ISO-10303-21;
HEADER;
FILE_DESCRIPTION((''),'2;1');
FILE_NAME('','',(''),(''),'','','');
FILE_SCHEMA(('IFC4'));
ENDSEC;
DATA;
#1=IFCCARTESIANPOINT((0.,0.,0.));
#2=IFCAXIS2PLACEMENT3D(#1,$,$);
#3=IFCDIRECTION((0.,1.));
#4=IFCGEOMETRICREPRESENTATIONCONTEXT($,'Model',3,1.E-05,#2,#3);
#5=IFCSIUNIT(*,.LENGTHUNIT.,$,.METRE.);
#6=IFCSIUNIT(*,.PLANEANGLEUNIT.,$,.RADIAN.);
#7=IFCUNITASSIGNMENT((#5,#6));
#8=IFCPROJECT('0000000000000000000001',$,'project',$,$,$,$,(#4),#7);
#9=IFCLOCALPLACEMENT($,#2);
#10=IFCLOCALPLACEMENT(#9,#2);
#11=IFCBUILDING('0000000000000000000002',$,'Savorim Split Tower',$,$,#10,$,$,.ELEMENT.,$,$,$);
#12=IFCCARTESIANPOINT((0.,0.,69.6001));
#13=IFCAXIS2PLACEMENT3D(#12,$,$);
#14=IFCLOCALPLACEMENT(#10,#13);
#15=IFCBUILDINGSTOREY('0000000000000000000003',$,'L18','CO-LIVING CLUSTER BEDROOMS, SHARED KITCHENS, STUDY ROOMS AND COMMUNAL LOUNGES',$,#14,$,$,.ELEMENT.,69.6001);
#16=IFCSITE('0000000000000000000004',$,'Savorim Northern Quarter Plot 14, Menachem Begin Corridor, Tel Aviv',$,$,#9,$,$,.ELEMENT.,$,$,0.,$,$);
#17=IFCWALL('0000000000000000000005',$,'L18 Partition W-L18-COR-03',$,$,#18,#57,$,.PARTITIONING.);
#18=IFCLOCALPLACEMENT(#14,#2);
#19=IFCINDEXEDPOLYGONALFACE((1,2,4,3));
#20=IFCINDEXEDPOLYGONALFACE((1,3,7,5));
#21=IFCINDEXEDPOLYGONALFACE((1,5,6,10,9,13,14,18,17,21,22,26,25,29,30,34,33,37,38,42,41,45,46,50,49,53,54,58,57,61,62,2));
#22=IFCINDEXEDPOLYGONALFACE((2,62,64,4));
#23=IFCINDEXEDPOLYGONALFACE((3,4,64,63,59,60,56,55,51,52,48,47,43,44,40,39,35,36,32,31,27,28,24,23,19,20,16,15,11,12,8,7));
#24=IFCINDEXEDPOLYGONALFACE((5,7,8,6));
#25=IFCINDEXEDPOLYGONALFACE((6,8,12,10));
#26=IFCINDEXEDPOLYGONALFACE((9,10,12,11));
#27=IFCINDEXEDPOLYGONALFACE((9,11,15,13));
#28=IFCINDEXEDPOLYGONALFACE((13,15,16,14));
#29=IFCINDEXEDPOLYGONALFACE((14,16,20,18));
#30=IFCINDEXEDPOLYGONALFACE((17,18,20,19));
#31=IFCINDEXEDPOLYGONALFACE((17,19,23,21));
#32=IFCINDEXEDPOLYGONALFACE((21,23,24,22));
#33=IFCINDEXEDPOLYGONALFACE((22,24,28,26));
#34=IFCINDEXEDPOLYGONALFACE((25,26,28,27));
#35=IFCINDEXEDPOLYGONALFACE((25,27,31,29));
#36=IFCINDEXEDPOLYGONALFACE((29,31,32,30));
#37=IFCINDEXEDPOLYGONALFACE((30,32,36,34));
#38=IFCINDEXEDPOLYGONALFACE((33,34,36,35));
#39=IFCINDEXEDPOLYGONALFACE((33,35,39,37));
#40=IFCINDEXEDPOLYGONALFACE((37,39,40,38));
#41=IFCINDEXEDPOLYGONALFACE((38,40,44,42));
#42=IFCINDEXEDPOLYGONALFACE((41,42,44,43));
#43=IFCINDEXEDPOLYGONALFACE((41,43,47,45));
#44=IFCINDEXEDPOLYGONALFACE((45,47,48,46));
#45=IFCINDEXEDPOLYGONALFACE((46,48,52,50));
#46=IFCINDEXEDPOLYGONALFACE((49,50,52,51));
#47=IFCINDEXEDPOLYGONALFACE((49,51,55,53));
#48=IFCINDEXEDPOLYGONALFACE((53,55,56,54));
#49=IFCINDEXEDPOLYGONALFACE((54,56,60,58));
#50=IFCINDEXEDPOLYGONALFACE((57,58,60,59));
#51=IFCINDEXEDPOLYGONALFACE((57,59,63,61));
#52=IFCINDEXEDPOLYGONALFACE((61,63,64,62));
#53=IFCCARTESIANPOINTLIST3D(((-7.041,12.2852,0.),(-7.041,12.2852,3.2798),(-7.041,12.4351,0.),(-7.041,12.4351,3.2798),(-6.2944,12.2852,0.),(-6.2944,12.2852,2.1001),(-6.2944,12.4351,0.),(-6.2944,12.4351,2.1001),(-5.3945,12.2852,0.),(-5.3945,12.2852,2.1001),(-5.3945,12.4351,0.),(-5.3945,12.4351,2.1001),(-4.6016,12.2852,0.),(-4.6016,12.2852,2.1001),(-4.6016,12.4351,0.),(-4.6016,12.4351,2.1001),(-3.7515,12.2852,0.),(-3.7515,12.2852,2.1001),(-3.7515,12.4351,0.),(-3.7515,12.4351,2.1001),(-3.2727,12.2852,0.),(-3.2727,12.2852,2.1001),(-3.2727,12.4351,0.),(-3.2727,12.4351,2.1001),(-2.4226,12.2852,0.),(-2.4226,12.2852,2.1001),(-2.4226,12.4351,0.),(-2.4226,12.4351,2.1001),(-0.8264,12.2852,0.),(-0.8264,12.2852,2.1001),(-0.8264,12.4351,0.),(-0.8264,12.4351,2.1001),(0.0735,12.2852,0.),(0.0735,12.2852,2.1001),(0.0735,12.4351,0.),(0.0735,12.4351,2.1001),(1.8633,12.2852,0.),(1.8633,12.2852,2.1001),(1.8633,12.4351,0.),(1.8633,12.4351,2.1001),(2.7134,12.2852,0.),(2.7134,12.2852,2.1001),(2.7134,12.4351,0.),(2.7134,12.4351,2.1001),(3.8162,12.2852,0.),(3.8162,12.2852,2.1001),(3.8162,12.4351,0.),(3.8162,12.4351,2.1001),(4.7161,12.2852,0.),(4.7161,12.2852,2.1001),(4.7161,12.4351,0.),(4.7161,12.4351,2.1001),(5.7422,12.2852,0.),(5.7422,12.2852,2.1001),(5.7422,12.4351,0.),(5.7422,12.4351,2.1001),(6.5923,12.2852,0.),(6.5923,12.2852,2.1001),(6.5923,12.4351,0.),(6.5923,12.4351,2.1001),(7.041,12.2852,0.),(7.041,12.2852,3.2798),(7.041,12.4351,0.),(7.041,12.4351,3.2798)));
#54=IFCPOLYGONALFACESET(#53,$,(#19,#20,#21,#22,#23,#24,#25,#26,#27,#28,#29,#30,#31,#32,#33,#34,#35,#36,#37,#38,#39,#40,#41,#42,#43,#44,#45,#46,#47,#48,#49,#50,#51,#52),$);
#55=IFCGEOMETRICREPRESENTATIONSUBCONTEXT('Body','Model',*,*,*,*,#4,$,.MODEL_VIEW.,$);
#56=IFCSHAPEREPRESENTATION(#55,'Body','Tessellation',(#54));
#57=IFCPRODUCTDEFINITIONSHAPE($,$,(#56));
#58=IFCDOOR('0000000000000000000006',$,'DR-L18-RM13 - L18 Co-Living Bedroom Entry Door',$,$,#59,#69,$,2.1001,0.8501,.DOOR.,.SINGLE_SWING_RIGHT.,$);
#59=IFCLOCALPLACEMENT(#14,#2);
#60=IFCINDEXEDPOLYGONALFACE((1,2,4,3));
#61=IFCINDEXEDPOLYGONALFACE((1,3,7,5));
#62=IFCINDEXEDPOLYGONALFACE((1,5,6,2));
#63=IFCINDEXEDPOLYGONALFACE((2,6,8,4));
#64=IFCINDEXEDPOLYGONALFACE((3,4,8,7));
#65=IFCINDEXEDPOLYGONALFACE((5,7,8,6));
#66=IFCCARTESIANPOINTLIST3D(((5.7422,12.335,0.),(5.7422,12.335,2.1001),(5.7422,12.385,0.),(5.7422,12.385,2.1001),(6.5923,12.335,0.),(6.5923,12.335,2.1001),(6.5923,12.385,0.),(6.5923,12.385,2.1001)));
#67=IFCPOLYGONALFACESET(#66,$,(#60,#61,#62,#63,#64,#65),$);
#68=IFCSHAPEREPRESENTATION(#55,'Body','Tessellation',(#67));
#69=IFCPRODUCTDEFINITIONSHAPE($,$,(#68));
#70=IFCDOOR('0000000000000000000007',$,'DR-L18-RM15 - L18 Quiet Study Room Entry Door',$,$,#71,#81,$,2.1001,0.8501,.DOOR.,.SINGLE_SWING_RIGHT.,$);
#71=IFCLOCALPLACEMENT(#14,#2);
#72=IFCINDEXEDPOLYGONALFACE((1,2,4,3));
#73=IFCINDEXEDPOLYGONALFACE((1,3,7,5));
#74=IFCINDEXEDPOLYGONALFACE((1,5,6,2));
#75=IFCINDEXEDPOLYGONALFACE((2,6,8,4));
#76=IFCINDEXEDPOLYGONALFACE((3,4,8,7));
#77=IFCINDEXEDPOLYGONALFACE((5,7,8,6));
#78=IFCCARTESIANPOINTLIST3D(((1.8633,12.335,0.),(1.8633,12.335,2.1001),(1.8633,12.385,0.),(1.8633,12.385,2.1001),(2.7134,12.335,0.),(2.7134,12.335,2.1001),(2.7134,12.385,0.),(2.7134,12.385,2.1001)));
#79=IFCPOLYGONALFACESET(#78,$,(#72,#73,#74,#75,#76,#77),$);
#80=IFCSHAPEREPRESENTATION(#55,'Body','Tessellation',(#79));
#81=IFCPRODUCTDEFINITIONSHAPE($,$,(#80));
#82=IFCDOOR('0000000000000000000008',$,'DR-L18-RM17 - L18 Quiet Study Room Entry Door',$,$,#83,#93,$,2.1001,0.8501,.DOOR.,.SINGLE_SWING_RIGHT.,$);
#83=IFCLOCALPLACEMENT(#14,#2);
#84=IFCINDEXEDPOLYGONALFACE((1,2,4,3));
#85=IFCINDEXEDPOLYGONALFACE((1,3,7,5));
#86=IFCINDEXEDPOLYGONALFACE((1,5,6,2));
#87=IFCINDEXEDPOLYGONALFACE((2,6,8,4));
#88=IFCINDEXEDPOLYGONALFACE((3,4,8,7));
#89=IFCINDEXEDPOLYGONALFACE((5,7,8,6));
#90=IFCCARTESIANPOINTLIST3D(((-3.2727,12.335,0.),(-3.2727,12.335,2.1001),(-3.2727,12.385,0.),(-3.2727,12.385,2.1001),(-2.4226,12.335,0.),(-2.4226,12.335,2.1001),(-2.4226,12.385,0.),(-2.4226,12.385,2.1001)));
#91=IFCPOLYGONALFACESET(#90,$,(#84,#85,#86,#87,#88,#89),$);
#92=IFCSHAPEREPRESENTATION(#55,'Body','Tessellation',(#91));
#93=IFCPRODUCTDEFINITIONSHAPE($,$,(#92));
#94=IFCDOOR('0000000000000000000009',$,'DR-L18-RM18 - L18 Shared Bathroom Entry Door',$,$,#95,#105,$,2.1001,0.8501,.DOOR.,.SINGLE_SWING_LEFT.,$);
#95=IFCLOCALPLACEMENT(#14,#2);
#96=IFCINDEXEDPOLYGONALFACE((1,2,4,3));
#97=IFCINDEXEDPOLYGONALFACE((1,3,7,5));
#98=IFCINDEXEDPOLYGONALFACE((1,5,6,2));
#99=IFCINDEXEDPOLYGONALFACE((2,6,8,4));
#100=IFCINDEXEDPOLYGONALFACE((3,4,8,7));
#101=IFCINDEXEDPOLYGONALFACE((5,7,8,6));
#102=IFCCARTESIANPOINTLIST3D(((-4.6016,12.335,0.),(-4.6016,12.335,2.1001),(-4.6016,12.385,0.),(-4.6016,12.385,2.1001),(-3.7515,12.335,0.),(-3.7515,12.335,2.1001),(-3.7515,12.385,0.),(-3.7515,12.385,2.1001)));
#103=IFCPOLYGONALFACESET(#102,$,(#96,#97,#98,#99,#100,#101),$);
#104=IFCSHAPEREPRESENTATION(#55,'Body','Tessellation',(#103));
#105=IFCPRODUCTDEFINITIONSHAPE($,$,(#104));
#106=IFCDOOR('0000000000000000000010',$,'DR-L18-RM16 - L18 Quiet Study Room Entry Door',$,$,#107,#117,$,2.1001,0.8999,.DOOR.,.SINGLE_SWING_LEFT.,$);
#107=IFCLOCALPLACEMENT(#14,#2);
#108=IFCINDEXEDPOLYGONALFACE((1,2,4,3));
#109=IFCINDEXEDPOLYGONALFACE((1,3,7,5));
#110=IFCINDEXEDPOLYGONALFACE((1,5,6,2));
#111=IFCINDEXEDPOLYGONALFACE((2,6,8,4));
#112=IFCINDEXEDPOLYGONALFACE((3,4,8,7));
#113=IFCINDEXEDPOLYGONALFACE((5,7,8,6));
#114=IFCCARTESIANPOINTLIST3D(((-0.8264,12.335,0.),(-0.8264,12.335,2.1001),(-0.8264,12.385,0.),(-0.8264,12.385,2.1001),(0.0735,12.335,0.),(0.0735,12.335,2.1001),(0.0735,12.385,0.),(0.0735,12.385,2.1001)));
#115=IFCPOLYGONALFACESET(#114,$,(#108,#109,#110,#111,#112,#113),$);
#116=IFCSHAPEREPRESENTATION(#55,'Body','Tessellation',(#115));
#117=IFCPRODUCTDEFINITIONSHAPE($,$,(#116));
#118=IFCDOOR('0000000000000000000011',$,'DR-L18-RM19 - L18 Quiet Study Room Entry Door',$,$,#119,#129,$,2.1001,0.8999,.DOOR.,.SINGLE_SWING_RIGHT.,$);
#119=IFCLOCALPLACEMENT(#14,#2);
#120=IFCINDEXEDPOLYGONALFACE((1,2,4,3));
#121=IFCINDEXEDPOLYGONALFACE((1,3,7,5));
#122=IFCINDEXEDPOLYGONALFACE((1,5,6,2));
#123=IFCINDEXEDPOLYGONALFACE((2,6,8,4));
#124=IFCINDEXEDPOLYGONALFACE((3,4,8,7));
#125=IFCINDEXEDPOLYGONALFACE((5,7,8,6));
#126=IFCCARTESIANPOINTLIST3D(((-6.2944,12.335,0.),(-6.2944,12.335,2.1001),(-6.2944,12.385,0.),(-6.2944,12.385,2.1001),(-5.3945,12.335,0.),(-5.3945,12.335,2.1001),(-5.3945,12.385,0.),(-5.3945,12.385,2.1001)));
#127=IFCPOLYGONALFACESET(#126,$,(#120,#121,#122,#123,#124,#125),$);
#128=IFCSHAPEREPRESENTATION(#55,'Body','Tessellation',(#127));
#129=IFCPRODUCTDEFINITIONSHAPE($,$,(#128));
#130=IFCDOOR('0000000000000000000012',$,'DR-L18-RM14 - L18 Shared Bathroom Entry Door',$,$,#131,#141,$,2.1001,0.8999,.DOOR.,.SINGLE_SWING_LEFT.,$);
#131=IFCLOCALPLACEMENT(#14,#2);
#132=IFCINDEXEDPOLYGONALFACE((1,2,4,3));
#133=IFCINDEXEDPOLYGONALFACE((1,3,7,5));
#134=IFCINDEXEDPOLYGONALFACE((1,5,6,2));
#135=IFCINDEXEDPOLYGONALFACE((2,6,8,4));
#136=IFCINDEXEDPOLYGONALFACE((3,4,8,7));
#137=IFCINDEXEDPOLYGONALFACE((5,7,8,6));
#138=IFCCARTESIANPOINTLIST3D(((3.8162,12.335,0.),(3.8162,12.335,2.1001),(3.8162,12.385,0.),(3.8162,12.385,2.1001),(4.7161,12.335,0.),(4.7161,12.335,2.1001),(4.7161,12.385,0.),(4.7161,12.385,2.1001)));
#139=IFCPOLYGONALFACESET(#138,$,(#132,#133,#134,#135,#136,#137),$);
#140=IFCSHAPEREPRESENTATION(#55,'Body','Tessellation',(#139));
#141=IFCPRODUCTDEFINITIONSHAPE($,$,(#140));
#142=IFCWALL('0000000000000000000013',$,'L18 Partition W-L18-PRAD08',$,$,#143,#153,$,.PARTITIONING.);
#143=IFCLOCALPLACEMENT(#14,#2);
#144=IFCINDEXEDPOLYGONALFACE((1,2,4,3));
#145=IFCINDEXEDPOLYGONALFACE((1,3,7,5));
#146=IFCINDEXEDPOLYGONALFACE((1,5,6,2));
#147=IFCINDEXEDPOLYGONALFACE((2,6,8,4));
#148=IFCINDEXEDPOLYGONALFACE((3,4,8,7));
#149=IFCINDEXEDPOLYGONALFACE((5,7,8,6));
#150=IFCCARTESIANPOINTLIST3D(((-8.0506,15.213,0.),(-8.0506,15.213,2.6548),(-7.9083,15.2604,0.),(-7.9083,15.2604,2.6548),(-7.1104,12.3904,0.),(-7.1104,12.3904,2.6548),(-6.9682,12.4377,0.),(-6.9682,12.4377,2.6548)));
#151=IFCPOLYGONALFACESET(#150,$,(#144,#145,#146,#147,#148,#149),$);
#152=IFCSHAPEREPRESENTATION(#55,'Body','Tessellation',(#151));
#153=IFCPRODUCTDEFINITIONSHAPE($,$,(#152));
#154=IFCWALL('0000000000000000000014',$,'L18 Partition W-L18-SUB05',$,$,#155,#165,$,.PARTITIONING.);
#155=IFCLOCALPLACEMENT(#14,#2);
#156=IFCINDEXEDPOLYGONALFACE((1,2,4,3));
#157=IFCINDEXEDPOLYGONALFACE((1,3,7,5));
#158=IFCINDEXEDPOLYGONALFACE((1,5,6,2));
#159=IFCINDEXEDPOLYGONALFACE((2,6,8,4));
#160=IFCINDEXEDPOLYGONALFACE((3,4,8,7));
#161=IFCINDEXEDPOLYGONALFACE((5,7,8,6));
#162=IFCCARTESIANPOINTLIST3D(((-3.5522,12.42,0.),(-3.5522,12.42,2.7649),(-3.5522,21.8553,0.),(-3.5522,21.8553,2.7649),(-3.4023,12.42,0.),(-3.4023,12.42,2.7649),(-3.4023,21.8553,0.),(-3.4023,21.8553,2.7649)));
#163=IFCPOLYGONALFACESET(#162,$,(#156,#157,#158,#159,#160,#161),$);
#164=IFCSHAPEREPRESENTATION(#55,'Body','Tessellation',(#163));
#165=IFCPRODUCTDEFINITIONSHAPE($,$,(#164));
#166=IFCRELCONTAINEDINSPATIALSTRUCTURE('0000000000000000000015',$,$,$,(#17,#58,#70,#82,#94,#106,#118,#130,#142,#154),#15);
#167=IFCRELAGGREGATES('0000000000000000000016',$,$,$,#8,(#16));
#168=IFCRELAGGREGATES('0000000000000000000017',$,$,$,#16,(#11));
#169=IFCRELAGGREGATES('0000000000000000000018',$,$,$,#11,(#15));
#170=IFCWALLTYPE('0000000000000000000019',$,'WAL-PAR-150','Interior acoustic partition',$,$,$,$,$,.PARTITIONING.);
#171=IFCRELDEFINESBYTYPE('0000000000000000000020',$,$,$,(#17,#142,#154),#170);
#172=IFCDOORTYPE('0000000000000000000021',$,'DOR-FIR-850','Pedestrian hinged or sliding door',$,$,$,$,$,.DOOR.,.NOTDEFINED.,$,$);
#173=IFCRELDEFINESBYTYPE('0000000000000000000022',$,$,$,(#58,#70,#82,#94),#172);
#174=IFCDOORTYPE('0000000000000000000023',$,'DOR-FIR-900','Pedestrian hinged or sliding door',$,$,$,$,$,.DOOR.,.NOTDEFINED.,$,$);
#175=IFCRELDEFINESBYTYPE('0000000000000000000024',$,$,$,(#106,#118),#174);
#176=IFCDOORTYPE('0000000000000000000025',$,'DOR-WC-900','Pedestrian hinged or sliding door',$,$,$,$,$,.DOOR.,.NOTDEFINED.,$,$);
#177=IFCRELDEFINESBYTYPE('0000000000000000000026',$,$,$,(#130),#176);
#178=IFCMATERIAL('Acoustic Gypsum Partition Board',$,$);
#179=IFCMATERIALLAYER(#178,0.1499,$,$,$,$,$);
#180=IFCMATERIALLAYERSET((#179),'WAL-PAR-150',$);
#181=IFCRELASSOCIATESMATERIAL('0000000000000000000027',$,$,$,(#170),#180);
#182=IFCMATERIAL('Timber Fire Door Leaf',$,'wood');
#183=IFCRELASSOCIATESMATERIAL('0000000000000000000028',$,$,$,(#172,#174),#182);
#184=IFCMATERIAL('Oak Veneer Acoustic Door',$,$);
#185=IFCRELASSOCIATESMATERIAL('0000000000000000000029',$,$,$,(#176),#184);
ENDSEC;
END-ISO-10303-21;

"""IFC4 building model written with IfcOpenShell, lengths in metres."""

from ifc_helpers import new_model, si_unit, direction, frame, frame_2d, origin, place, context, subcontext, project, spatial, rectangle, extrude, material, layer, layer_set, type_object, element, fill, save


model = new_model("IFC4")

# Units and contexts
model_context = context("Model", 3, precision=1e-05, world=origin(), true_north=direction((0.0, 1.0)))
body_context = subcontext(model_context, "Body", "Model", "MODEL_VIEW")
ifc_project = project(units=[si_unit("LENGTHUNIT", "METRE"), si_unit("PLANEANGLEUNIT", "RADIAN")], contexts=[model_context])

# Site, building, storey
site_placement = place(None, origin())
site = spatial("IfcSite", under=ifc_project, at=site_placement, Name="Savorim Northern Quarter Plot 14, Menachem Begin Corridor, Tel Aviv", CompositionType="ELEMENT", RefElevation=0.0)
building_placement = place(site_placement, origin())
building = spatial("IfcBuilding", under=site, at=building_placement, Name="Savorim Split Tower", CompositionType="ELEMENT")
storey_placement = place(building_placement, frame((0.0, 0.0, 69.6001)))
storey = spatial("IfcBuildingStorey", under=building, at=storey_placement, Name="L18", Description="CO-LIVING CLUSTER BEDROOMS, SHARED KITCHENS, STUDY ROOMS AND COMMUNAL LOUNGES", CompositionType="ELEMENT", Elevation=69.6001)

# Wall, openings, doors
ifc_material_1 = material(Name="Acoustic Gypsum Partition Board")
ifc_layer_1 = layer(ifc_material_1, 0.1499)
ifc_layer_set_1 = layer_set([ifc_layer_1], Name="WAL-PAR-150")
wall_type_1 = type_object("IfcWallType", Name="WAL-PAR-150", Description="Interior acoustic partition", PredefinedType="PARTITIONING", material=ifc_layer_set_1)
wall_1_placement = place(storey_placement, frame((-7.041, 12.3601, 0.0), z_axis=(0.0, 0.0, 1.0), x_axis=(1.0, 0.0, 0.0)))
wall_1 = element("IfcWall", 1, at=wall_1_placement, inside=storey, type_object=wall_type_1, Name="L18 Partition W-L18-COR-03", PredefinedType="PARTITIONING", context=body_context, shape_type="SweptSolid", body=[
    extrude(rectangle(XDim=14.082, YDim=0.1499, at=frame_2d((7.041, 0.0))), origin(), (0.0, 0.0, 1.0), 3.2798),
])
opening_1_placement = place(wall_1_placement, frame((12.7832, 0.0, 0.0)))
opening_1 = element("IfcOpeningElement", 2, at=opening_1_placement, cuts=wall_1, PredefinedType="OPENING", context=body_context, shape_type="SweptSolid", body=[
    extrude(rectangle(XDim=0.8501, YDim=2.1001, at=frame_2d((0.425, 1.05))), frame((0.0, 0.085, 0.0), z_axis=(0.0, -1.0, 0.0), x_axis=(1.0, 0.0, 0.0)), (0.0, 0.0, 1.0), 0.1699),
])
opening_2_placement = place(wall_1_placement, frame((10.8572, 0.0, 0.0)))
opening_2 = element("IfcOpeningElement", 3, at=opening_2_placement, cuts=wall_1, PredefinedType="OPENING", context=body_context, shape_type="SweptSolid", body=[
    extrude(rectangle(XDim=0.8999, YDim=2.1001, at=frame_2d((0.45, 1.05))), frame((0.0, 0.085, 0.0), z_axis=(0.0, -1.0, 0.0), x_axis=(1.0, 0.0, 0.0)), (0.0, 0.0, 1.0), 0.1699),
])
opening_3_placement = place(wall_1_placement, frame((8.9043, 0.0, 0.0)))
opening_3 = element("IfcOpeningElement", 4, at=opening_3_placement, cuts=wall_1, PredefinedType="OPENING", context=body_context, shape_type="SweptSolid", body=[
    extrude(rectangle(XDim=0.8501, YDim=2.1001, at=frame_2d((0.425, 1.05))), frame((0.0, 0.085, 0.0), z_axis=(0.0, -1.0, 0.0), x_axis=(1.0, 0.0, 0.0)), (0.0, 0.0, 1.0), 0.1699),
])
opening_4_placement = place(wall_1_placement, frame((6.2146, 0.0, 0.0)))
opening_4 = element("IfcOpeningElement", 5, at=opening_4_placement, cuts=wall_1, PredefinedType="OPENING", context=body_context, shape_type="SweptSolid", body=[
    extrude(rectangle(XDim=0.8999, YDim=2.1001, at=frame_2d((0.45, 1.05))), frame((0.0, 0.085, 0.0), z_axis=(0.0, -1.0, 0.0), x_axis=(1.0, 0.0, 0.0)), (0.0, 0.0, 1.0), 0.1699),
])
opening_5_placement = place(wall_1_placement, frame((3.7683, 0.0, 0.0)))
opening_5 = element("IfcOpeningElement", 6, at=opening_5_placement, cuts=wall_1, PredefinedType="OPENING", context=body_context, shape_type="SweptSolid", body=[
    extrude(rectangle(XDim=0.8501, YDim=2.1001, at=frame_2d((0.425, 1.05))), frame((0.0, 0.085, 0.0), z_axis=(0.0, -1.0, 0.0), x_axis=(1.0, 0.0, 0.0)), (0.0, 0.0, 1.0), 0.1699),
])
opening_6_placement = place(wall_1_placement, frame((2.4395, 0.0, 0.0)))
opening_6 = element("IfcOpeningElement", 7, at=opening_6_placement, cuts=wall_1, PredefinedType="OPENING", context=body_context, shape_type="SweptSolid", body=[
    extrude(rectangle(XDim=0.8501, YDim=2.1001, at=frame_2d((0.425, 1.05))), frame((0.0, 0.085, 0.0), z_axis=(0.0, -1.0, 0.0), x_axis=(1.0, 0.0, 0.0)), (0.0, 0.0, 1.0), 0.1699),
])
opening_7_placement = place(wall_1_placement, frame((0.7466, 0.0, 0.0)))
opening_7 = element("IfcOpeningElement", 8, at=opening_7_placement, cuts=wall_1, PredefinedType="OPENING", context=body_context, shape_type="SweptSolid", body=[
    extrude(rectangle(XDim=0.8999, YDim=2.1001, at=frame_2d((0.45, 1.05))), frame((0.0, 0.085, 0.0), z_axis=(0.0, -1.0, 0.0), x_axis=(1.0, 0.0, 0.0)), (0.0, 0.0, 1.0), 0.1699),
])
ifc_material_2 = material(Name="Timber Fire Door Leaf", Category="wood")
door_type_1 = type_object("IfcDoorType", Name="DOR-FIR-850", Description="Pedestrian hinged or sliding door", OperationType="NOTDEFINED", PredefinedType="DOOR", material=ifc_material_2)
door_1_placement = place(opening_1_placement, origin())
door_1 = element("IfcDoor", 9, at=door_1_placement, inside=storey, type_object=door_type_1, Name="DR-L18-RM13 - L18 Co-Living Bedroom Entry Door", OperationType="SINGLE_SWING_RIGHT", OverallHeight=2.1001, OverallWidth=0.8501, PredefinedType="DOOR", context=body_context, shape_type="SweptSolid", body=[
    extrude(rectangle(XDim=0.8501, YDim=2.1001, at=frame_2d((0.425, 1.05))), frame((0.0, 0.0249, 0.0), z_axis=(0.0, -1.0, 0.0), x_axis=(1.0, 0.0, 0.0)), (0.0, 0.0, 1.0), 0.05),
])
fill(opening_1, door_1)
door_2_placement = place(opening_3_placement, origin())
door_2 = element("IfcDoor", 10, at=door_2_placement, inside=storey, type_object=door_type_1, Name="DR-L18-RM15 - L18 Quiet Study Room Entry Door", OperationType="SINGLE_SWING_RIGHT", OverallHeight=2.1001, OverallWidth=0.8501, PredefinedType="DOOR", context=body_context, shape_type="SweptSolid", body=[
    extrude(rectangle(XDim=0.8501, YDim=2.1001, at=frame_2d((0.425, 1.05))), frame((0.0, 0.0249, 0.0), z_axis=(0.0, -1.0, 0.0), x_axis=(1.0, 0.0, 0.0)), (0.0, 0.0, 1.0), 0.05),
])
fill(opening_3, door_2)
door_3_placement = place(opening_5_placement, origin())
door_3 = element("IfcDoor", 11, at=door_3_placement, inside=storey, type_object=door_type_1, Name="DR-L18-RM17 - L18 Quiet Study Room Entry Door", OperationType="SINGLE_SWING_RIGHT", OverallHeight=2.1001, OverallWidth=0.8501, PredefinedType="DOOR", context=body_context, shape_type="SweptSolid", body=[
    extrude(rectangle(XDim=0.8501, YDim=2.1001, at=frame_2d((0.425, 1.05))), frame((0.0, 0.0249, 0.0), z_axis=(0.0, -1.0, 0.0), x_axis=(1.0, 0.0, 0.0)), (0.0, 0.0, 1.0), 0.05),
])
fill(opening_5, door_3)
door_4_placement = place(opening_6_placement, origin())
door_4 = element("IfcDoor", 12, at=door_4_placement, inside=storey, type_object=door_type_1, Name="DR-L18-RM18 - L18 Shared Bathroom Entry Door", OperationType="SINGLE_SWING_LEFT", OverallHeight=2.1001, OverallWidth=0.8501, PredefinedType="DOOR", context=body_context, shape_type="SweptSolid", body=[
    extrude(rectangle(XDim=0.8501, YDim=2.1001, at=frame_2d((0.425, 1.05))), frame((0.0, 0.0249, 0.0), z_axis=(0.0, -1.0, 0.0), x_axis=(1.0, 0.0, 0.0)), (0.0, 0.0, 1.0), 0.05),
])
fill(opening_6, door_4)
door_type_2 = type_object("IfcDoorType", Name="DOR-FIR-900", Description="Pedestrian hinged or sliding door", OperationType="NOTDEFINED", PredefinedType="DOOR", material=ifc_material_2)
door_5_placement = place(opening_4_placement, origin())
door_5 = element("IfcDoor", 13, at=door_5_placement, inside=storey, type_object=door_type_2, Name="DR-L18-RM16 - L18 Quiet Study Room Entry Door", OperationType="SINGLE_SWING_LEFT", OverallHeight=2.1001, OverallWidth=0.8999, PredefinedType="DOOR", context=body_context, shape_type="SweptSolid", body=[
    extrude(rectangle(XDim=0.8999, YDim=2.1001, at=frame_2d((0.45, 1.05))), frame((0.0, 0.0249, 0.0), z_axis=(0.0, -1.0, 0.0), x_axis=(1.0, 0.0, 0.0)), (0.0, 0.0, 1.0), 0.05),
])
fill(opening_4, door_5)
door_6_placement = place(opening_7_placement, origin())
door_6 = element("IfcDoor", 14, at=door_6_placement, inside=storey, type_object=door_type_2, Name="DR-L18-RM19 - L18 Quiet Study Room Entry Door", OperationType="SINGLE_SWING_RIGHT", OverallHeight=2.1001, OverallWidth=0.8999, PredefinedType="DOOR", context=body_context, shape_type="SweptSolid", body=[
    extrude(rectangle(XDim=0.8999, YDim=2.1001, at=frame_2d((0.45, 1.05))), frame((0.0, 0.0249, 0.0), z_axis=(0.0, -1.0, 0.0), x_axis=(1.0, 0.0, 0.0)), (0.0, 0.0, 1.0), 0.05),
])
fill(opening_7, door_6)
ifc_material_3 = material(Name="Oak Veneer Acoustic Door")
door_type_3 = type_object("IfcDoorType", Name="DOR-WC-900", Description="Pedestrian hinged or sliding door", OperationType="NOTDEFINED", PredefinedType="DOOR", material=ifc_material_3)
door_7_placement = place(opening_2_placement, origin())
door_7 = element("IfcDoor", 15, at=door_7_placement, inside=storey, type_object=door_type_3, Name="DR-L18-RM14 - L18 Shared Bathroom Entry Door", OperationType="SINGLE_SWING_LEFT", OverallHeight=2.1001, OverallWidth=0.8999, PredefinedType="DOOR", context=body_context, shape_type="SweptSolid", body=[
    extrude(rectangle(XDim=0.8999, YDim=2.1001, at=frame_2d((0.45, 1.05))), frame((0.0, 0.0249, 0.0), z_axis=(0.0, -1.0, 0.0), x_axis=(1.0, 0.0, 0.0)), (0.0, 0.0, 1.0), 0.05),
])
fill(opening_2, door_7)

# Walls
wall_2_placement = place(storey_placement, frame((-7.0393, 12.4141, 0.0), z_axis=(0.0, 0.0, 1.0), x_axis=(-0.316006, 0.948757, 0.0)))
element("IfcWall", 16, at=wall_2_placement, inside=storey, type_object=wall_type_1, Name="L18 Partition W-L18-PRAD08", PredefinedType="PARTITIONING", context=body_context, shape_type="SweptSolid", body=[
    extrude(rectangle(XDim=2.9751, YDim=0.1499, at=frame_2d((1.4875, 0.0))), origin(), (0.0, 0.0, 1.0), 2.6548),
])
wall_3_placement = place(storey_placement, frame((-3.4773, 12.4199, 0.0), z_axis=(0.0, 0.0, 1.0), x_axis=(0.0, 1.0, 0.0)))
element("IfcWall", 17, at=wall_3_placement, inside=storey, type_object=wall_type_1, Name="L18 Partition W-L18-SUB05", PredefinedType="PARTITIONING", context=body_context, shape_type="SweptSolid", body=[
    extrude(rectangle(XDim=9.4353, YDim=0.1499, at=frame_2d((4.7178, 0.0))), origin(), (0.0, 0.0, 1.0), 2.7649),
])

save(model, "model.ifc")
